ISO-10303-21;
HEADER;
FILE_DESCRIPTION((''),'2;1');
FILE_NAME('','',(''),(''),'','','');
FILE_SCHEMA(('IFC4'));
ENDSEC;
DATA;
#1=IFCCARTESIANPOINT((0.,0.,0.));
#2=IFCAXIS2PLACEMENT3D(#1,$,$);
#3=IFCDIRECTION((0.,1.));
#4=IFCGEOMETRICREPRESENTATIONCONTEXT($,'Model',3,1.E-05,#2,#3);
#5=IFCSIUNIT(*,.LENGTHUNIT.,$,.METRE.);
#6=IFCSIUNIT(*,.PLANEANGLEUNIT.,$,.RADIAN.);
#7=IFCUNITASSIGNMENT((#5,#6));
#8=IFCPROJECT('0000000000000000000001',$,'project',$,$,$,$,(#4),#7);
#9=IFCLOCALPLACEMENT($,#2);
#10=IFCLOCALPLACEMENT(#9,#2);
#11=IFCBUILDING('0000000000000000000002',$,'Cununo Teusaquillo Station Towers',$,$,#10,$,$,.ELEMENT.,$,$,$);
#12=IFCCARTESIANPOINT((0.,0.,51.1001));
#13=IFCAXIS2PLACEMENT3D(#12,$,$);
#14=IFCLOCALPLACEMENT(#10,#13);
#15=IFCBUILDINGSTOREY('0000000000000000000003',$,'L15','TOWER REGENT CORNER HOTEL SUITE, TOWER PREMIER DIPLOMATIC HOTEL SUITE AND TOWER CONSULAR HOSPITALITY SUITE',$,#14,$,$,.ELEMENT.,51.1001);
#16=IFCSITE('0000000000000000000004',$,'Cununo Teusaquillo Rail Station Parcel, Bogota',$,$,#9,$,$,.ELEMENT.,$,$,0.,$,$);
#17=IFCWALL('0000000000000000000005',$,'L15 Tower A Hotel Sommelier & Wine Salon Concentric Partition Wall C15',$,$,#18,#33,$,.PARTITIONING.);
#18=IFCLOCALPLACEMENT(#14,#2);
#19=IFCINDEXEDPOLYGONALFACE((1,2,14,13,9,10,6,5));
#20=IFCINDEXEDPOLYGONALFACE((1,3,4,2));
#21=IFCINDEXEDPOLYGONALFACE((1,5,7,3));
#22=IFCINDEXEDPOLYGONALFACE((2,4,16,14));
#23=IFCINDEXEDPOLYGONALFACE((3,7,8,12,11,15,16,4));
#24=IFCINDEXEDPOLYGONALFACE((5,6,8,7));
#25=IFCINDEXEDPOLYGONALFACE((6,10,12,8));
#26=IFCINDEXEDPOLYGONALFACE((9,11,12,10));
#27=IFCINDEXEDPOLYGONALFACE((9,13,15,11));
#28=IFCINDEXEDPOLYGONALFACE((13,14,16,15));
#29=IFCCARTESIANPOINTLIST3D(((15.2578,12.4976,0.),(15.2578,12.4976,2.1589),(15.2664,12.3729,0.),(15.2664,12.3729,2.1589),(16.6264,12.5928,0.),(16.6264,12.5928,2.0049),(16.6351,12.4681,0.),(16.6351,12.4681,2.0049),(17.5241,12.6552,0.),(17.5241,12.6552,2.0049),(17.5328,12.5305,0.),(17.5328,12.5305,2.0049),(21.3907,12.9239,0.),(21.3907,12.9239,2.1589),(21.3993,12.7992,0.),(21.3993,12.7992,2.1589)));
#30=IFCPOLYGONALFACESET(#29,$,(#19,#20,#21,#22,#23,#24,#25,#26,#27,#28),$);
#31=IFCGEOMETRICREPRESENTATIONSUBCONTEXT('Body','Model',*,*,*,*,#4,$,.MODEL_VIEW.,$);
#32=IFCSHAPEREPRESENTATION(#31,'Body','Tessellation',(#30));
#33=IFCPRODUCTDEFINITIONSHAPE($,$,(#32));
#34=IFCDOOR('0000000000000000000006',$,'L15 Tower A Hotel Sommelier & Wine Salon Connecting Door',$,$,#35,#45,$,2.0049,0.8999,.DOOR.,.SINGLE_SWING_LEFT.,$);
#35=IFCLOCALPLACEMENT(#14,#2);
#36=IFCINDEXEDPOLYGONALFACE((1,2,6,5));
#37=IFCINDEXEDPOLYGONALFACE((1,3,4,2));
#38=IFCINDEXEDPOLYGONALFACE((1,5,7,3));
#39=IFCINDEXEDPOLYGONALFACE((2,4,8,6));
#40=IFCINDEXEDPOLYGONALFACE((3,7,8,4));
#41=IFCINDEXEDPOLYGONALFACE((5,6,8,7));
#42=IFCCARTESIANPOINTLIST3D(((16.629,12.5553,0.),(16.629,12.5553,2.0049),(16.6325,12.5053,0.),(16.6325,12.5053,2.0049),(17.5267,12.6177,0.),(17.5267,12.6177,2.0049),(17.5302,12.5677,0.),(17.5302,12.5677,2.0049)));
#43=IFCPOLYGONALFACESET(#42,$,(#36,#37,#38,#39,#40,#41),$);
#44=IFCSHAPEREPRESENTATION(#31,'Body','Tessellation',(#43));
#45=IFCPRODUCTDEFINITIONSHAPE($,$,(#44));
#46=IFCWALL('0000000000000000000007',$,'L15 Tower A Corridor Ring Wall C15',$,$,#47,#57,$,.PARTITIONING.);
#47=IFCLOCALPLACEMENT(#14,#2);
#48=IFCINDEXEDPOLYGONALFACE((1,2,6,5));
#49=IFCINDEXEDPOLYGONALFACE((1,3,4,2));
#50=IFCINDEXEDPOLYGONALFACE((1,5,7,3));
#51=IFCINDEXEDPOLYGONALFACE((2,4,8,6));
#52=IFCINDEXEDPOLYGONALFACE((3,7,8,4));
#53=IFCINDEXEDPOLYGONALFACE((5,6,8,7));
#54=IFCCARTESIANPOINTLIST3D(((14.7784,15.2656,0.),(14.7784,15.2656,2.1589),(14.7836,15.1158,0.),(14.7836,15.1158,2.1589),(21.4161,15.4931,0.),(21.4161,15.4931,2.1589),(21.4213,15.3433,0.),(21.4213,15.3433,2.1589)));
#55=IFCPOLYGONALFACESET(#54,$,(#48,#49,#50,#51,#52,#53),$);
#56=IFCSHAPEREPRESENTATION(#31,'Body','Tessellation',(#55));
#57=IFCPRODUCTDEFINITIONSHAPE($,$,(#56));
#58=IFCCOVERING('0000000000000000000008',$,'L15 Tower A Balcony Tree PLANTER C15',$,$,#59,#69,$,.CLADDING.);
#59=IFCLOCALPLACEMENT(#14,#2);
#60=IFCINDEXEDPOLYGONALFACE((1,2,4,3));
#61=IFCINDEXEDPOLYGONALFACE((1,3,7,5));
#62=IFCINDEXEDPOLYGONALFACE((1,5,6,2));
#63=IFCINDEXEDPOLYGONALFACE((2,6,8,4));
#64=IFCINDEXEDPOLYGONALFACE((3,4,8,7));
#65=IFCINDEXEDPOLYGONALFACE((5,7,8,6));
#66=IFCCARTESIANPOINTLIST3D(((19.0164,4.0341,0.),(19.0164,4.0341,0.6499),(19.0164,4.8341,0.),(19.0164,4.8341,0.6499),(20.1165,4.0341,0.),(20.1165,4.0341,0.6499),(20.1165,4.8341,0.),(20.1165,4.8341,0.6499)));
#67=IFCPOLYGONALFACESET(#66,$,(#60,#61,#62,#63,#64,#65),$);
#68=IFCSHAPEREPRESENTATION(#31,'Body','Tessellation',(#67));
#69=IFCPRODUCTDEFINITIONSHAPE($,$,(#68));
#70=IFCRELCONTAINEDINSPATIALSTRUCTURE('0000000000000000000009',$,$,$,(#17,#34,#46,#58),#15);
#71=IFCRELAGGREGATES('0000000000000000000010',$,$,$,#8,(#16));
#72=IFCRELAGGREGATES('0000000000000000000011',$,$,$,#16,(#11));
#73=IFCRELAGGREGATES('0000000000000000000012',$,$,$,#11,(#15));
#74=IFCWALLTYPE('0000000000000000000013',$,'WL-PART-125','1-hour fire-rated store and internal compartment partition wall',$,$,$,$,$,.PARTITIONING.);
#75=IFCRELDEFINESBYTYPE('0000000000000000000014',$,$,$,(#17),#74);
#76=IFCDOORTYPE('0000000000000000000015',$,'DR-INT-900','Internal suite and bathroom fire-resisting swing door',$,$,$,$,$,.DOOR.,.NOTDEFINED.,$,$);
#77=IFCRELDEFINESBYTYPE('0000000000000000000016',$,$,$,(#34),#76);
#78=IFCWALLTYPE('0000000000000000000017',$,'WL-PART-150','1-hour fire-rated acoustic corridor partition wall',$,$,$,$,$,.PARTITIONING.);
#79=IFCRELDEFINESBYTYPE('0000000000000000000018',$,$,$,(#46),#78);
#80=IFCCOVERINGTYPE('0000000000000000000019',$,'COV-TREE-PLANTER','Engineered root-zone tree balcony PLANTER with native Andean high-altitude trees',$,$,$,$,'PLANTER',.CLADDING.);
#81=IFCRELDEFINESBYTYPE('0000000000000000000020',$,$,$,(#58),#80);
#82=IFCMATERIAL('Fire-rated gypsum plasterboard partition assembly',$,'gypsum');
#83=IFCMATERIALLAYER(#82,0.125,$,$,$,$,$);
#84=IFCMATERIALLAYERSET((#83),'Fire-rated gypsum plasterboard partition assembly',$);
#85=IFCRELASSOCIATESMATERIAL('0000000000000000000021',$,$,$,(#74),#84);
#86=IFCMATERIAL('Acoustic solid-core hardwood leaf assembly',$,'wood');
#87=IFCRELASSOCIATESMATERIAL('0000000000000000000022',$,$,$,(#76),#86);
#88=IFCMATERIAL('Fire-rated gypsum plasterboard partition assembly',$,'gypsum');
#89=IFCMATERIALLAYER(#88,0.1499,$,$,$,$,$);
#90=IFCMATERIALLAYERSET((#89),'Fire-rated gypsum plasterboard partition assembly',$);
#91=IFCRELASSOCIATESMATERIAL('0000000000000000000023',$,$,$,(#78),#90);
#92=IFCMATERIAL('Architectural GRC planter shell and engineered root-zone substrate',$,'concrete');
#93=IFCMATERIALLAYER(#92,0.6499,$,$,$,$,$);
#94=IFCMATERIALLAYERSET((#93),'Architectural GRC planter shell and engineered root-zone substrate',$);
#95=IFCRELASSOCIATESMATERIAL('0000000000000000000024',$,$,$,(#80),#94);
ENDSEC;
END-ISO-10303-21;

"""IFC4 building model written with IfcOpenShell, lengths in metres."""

from ifc_helpers import new_model, si_unit, direction, frame, frame_2d, origin, origin_2d, place, context, subcontext, project, spatial, rectangle, extrude, source, transform, mapped, material, layer, layer_set, type_object, element, fill, save


model = new_model("IFC4")

# Units and contexts
model_context = context("Model", 3, precision=1e-05, world=origin(), true_north=direction((0.0, 1.0)))
body_context = subcontext(model_context, "Body", "Model", "MODEL_VIEW")
ifc_project = project(units=[si_unit("LENGTHUNIT", "METRE"), si_unit("PLANEANGLEUNIT", "RADIAN")], contexts=[model_context])

# Site, building, storey
site_placement = place(None, origin())
site = spatial("IfcSite", under=ifc_project, at=site_placement, Name="Cununo Teusaquillo Rail Station Parcel, Bogota", CompositionType="ELEMENT", RefElevation=0.0)
building_placement = place(site_placement, origin())
building = spatial("IfcBuilding", under=site, at=building_placement, Name="Cununo Teusaquillo Station Towers", CompositionType="ELEMENT")
storey_placement = place(building_placement, frame((0.0, 0.0, 51.1001)))
storey = spatial("IfcBuildingStorey", under=building, at=storey_placement, Name="L15", Description="TOWER REGENT CORNER HOTEL SUITE, TOWER PREMIER DIPLOMATIC HOTEL SUITE AND TOWER CONSULAR HOSPITALITY SUITE", CompositionType="ELEMENT", Elevation=51.1001)

# Wall, opening, door
ifc_material_1 = material(Name="Fire-rated gypsum plasterboard partition assembly", Category="gypsum")
ifc_layer_1 = layer(ifc_material_1, 0.125)
ifc_layer_set_1 = layer_set([ifc_layer_1], Name="Fire-rated gypsum plasterboard partition assembly")
wall_type_1 = type_object("IfcWallType", Name="WL-PART-125", Description="1-hour fire-rated store and internal compartment partition wall", PredefinedType="PARTITIONING", material=ifc_layer_set_1)
wall_1_placement = place(storey_placement, frame((15.2622, 12.4353, 0.0), z_axis=(0.0, 0.0, 1.0), x_axis=(0.997593, 0.069339, 0.0)))
wall_1 = element("IfcWall", 1, at=wall_1_placement, inside=storey, type_object=wall_type_1, Name="L15 Tower A Hotel Sommelier & Wine Salon Concentric Partition Wall C15", PredefinedType="PARTITIONING", context=body_context, shape_type="SweptSolid", body=[
    extrude(rectangle(XDim=6.1477, YDim=0.125, at=frame_2d((3.0737, 0.0))), origin(), (0.0, 0.0, 1.0), 2.1589),
])
shared_shape_1 = source(origin(), body_context, "Body", "SweptSolid", [
    extrude(rectangle(XDim=0.8999, YDim=2.0049, at=frame_2d((0.45, 1.0024))), frame((0.0, 0.0725, 0.0), z_axis=(0.0, -1.0, 0.0), x_axis=(1.0, 0.0, 0.0)), (0.0, 0.0, 1.0), 0.145),
])
opening_1_placement = place(wall_1_placement, frame((1.3718, 0.0, 0.0)))
opening_1 = element("IfcOpeningElement", 2, at=opening_1_placement, cuts=wall_1, PredefinedType="OPENING", context=body_context, shape_type="MappedRepresentation", body=[
    mapped(shared_shape_1, transform((0.0, 0.0, 0.0), x_axis=(1.0, 0.0, 0.0), y_axis=(0.0, 1.0, 0.0), z_axis=(0.0, 0.0, 1.0), scale=1.0)),
])
ifc_material_2 = material(Name="Acoustic solid-core hardwood leaf assembly", Category="wood")
door_type_1 = type_object("IfcDoorType", Name="DR-INT-900", Description="Internal suite and bathroom fire-resisting swing door", OperationType="NOTDEFINED", PredefinedType="DOOR", material=ifc_material_2)
shared_shape_2 = source(origin(), body_context, "Body", "SweptSolid", [
    extrude(rectangle(XDim=0.8999, YDim=2.0049, at=frame_2d((0.45, 1.0024))), frame((0.0, 0.0249, 0.0), z_axis=(0.0, -1.0, 0.0), x_axis=(1.0, 0.0, 0.0)), (0.0, 0.0, 1.0), 0.05),
])
door_1_placement = place(opening_1_placement, origin())
door_1 = element("IfcDoor", 3, at=door_1_placement, inside=storey, type_object=door_type_1, Name="L15 Tower A Hotel Sommelier & Wine Salon Connecting Door", OperationType="SINGLE_SWING_LEFT", OverallHeight=2.0049, OverallWidth=0.8999, PredefinedType="DOOR", context=body_context, shape_type="MappedRepresentation", body=[
    mapped(shared_shape_2, transform((0.0, 0.0, 0.0), x_axis=(1.0, 0.0, 0.0), y_axis=(0.0, 1.0, 0.0), z_axis=(0.0, 0.0, 1.0), scale=1.0)),
])
fill(opening_1, door_1)

# Wall
ifc_material_3 = material(Name="Fire-rated gypsum plasterboard partition assembly", Category="gypsum")
ifc_layer_2 = layer(ifc_material_3, 0.1499)
ifc_layer_set_2 = layer_set([ifc_layer_2], Name="Fire-rated gypsum plasterboard partition assembly")
wall_type_2 = type_object("IfcWallType", Name="WL-PART-150", Description="1-hour fire-rated acoustic corridor partition wall", PredefinedType="PARTITIONING", material=ifc_layer_set_2)
wall_2_placement = place(storey_placement, frame((14.781, 15.1907, 0.0), z_axis=(0.0, 0.0, 1.0), x_axis=(0.999413, 0.03426, 0.0)))
element("IfcWall", 4, at=wall_2_placement, inside=storey, type_object=wall_type_2, Name="L15 Tower A Corridor Ring Wall C15", PredefinedType="PARTITIONING", context=body_context, shape_type="SweptSolid", body=[
    extrude(rectangle(XDim=6.6416, YDim=0.1499, at=frame_2d((3.3208, 0.0))), origin(), (0.0, 0.0, 1.0), 2.1589),
])

# Covering
ifc_material_4 = material(Name="Architectural GRC planter shell and engineered root-zone substrate", Category="concrete")
ifc_layer_3 = layer(ifc_material_4, 0.6499)
ifc_layer_set_3 = layer_set([ifc_layer_3], Name="Architectural GRC planter shell and engineered root-zone substrate")
covering_type = type_object("IfcCoveringType", Name="COV-TREE-PLANTER", Description="Engineered root-zone tree balcony PLANTER with native Andean high-altitude trees", ElementType="PLANTER", PredefinedType="CLADDING", material=ifc_layer_set_3)
shared_shape_3 = source(origin(), body_context, "Body", "SweptSolid", [
    extrude(rectangle(XDim=1.1001, YDim=0.8, at=origin_2d()), origin(), (0.0, 0.0, 1.0), 0.6499),
])
covering_placement = place(storey_placement, frame((19.5664, 4.4341, 0.0), z_axis=(0.0, 0.0, 1.0), x_axis=(1.0, 0.0, 0.0)))
element("IfcCovering", 5, at=covering_placement, inside=storey, type_object=covering_type, Name="L15 Tower A Balcony Tree PLANTER C15", PredefinedType="CLADDING", context=body_context, shape_type="MappedRepresentation", body=[
    mapped(shared_shape_3, transform((0.0, 0.0, 0.0), x_axis=(1.0, 0.0, 0.0), y_axis=(0.0, 1.0, 0.0), z_axis=(0.0, 0.0, 1.0), scale=1.0)),
])

save(model, "model.ifc")
